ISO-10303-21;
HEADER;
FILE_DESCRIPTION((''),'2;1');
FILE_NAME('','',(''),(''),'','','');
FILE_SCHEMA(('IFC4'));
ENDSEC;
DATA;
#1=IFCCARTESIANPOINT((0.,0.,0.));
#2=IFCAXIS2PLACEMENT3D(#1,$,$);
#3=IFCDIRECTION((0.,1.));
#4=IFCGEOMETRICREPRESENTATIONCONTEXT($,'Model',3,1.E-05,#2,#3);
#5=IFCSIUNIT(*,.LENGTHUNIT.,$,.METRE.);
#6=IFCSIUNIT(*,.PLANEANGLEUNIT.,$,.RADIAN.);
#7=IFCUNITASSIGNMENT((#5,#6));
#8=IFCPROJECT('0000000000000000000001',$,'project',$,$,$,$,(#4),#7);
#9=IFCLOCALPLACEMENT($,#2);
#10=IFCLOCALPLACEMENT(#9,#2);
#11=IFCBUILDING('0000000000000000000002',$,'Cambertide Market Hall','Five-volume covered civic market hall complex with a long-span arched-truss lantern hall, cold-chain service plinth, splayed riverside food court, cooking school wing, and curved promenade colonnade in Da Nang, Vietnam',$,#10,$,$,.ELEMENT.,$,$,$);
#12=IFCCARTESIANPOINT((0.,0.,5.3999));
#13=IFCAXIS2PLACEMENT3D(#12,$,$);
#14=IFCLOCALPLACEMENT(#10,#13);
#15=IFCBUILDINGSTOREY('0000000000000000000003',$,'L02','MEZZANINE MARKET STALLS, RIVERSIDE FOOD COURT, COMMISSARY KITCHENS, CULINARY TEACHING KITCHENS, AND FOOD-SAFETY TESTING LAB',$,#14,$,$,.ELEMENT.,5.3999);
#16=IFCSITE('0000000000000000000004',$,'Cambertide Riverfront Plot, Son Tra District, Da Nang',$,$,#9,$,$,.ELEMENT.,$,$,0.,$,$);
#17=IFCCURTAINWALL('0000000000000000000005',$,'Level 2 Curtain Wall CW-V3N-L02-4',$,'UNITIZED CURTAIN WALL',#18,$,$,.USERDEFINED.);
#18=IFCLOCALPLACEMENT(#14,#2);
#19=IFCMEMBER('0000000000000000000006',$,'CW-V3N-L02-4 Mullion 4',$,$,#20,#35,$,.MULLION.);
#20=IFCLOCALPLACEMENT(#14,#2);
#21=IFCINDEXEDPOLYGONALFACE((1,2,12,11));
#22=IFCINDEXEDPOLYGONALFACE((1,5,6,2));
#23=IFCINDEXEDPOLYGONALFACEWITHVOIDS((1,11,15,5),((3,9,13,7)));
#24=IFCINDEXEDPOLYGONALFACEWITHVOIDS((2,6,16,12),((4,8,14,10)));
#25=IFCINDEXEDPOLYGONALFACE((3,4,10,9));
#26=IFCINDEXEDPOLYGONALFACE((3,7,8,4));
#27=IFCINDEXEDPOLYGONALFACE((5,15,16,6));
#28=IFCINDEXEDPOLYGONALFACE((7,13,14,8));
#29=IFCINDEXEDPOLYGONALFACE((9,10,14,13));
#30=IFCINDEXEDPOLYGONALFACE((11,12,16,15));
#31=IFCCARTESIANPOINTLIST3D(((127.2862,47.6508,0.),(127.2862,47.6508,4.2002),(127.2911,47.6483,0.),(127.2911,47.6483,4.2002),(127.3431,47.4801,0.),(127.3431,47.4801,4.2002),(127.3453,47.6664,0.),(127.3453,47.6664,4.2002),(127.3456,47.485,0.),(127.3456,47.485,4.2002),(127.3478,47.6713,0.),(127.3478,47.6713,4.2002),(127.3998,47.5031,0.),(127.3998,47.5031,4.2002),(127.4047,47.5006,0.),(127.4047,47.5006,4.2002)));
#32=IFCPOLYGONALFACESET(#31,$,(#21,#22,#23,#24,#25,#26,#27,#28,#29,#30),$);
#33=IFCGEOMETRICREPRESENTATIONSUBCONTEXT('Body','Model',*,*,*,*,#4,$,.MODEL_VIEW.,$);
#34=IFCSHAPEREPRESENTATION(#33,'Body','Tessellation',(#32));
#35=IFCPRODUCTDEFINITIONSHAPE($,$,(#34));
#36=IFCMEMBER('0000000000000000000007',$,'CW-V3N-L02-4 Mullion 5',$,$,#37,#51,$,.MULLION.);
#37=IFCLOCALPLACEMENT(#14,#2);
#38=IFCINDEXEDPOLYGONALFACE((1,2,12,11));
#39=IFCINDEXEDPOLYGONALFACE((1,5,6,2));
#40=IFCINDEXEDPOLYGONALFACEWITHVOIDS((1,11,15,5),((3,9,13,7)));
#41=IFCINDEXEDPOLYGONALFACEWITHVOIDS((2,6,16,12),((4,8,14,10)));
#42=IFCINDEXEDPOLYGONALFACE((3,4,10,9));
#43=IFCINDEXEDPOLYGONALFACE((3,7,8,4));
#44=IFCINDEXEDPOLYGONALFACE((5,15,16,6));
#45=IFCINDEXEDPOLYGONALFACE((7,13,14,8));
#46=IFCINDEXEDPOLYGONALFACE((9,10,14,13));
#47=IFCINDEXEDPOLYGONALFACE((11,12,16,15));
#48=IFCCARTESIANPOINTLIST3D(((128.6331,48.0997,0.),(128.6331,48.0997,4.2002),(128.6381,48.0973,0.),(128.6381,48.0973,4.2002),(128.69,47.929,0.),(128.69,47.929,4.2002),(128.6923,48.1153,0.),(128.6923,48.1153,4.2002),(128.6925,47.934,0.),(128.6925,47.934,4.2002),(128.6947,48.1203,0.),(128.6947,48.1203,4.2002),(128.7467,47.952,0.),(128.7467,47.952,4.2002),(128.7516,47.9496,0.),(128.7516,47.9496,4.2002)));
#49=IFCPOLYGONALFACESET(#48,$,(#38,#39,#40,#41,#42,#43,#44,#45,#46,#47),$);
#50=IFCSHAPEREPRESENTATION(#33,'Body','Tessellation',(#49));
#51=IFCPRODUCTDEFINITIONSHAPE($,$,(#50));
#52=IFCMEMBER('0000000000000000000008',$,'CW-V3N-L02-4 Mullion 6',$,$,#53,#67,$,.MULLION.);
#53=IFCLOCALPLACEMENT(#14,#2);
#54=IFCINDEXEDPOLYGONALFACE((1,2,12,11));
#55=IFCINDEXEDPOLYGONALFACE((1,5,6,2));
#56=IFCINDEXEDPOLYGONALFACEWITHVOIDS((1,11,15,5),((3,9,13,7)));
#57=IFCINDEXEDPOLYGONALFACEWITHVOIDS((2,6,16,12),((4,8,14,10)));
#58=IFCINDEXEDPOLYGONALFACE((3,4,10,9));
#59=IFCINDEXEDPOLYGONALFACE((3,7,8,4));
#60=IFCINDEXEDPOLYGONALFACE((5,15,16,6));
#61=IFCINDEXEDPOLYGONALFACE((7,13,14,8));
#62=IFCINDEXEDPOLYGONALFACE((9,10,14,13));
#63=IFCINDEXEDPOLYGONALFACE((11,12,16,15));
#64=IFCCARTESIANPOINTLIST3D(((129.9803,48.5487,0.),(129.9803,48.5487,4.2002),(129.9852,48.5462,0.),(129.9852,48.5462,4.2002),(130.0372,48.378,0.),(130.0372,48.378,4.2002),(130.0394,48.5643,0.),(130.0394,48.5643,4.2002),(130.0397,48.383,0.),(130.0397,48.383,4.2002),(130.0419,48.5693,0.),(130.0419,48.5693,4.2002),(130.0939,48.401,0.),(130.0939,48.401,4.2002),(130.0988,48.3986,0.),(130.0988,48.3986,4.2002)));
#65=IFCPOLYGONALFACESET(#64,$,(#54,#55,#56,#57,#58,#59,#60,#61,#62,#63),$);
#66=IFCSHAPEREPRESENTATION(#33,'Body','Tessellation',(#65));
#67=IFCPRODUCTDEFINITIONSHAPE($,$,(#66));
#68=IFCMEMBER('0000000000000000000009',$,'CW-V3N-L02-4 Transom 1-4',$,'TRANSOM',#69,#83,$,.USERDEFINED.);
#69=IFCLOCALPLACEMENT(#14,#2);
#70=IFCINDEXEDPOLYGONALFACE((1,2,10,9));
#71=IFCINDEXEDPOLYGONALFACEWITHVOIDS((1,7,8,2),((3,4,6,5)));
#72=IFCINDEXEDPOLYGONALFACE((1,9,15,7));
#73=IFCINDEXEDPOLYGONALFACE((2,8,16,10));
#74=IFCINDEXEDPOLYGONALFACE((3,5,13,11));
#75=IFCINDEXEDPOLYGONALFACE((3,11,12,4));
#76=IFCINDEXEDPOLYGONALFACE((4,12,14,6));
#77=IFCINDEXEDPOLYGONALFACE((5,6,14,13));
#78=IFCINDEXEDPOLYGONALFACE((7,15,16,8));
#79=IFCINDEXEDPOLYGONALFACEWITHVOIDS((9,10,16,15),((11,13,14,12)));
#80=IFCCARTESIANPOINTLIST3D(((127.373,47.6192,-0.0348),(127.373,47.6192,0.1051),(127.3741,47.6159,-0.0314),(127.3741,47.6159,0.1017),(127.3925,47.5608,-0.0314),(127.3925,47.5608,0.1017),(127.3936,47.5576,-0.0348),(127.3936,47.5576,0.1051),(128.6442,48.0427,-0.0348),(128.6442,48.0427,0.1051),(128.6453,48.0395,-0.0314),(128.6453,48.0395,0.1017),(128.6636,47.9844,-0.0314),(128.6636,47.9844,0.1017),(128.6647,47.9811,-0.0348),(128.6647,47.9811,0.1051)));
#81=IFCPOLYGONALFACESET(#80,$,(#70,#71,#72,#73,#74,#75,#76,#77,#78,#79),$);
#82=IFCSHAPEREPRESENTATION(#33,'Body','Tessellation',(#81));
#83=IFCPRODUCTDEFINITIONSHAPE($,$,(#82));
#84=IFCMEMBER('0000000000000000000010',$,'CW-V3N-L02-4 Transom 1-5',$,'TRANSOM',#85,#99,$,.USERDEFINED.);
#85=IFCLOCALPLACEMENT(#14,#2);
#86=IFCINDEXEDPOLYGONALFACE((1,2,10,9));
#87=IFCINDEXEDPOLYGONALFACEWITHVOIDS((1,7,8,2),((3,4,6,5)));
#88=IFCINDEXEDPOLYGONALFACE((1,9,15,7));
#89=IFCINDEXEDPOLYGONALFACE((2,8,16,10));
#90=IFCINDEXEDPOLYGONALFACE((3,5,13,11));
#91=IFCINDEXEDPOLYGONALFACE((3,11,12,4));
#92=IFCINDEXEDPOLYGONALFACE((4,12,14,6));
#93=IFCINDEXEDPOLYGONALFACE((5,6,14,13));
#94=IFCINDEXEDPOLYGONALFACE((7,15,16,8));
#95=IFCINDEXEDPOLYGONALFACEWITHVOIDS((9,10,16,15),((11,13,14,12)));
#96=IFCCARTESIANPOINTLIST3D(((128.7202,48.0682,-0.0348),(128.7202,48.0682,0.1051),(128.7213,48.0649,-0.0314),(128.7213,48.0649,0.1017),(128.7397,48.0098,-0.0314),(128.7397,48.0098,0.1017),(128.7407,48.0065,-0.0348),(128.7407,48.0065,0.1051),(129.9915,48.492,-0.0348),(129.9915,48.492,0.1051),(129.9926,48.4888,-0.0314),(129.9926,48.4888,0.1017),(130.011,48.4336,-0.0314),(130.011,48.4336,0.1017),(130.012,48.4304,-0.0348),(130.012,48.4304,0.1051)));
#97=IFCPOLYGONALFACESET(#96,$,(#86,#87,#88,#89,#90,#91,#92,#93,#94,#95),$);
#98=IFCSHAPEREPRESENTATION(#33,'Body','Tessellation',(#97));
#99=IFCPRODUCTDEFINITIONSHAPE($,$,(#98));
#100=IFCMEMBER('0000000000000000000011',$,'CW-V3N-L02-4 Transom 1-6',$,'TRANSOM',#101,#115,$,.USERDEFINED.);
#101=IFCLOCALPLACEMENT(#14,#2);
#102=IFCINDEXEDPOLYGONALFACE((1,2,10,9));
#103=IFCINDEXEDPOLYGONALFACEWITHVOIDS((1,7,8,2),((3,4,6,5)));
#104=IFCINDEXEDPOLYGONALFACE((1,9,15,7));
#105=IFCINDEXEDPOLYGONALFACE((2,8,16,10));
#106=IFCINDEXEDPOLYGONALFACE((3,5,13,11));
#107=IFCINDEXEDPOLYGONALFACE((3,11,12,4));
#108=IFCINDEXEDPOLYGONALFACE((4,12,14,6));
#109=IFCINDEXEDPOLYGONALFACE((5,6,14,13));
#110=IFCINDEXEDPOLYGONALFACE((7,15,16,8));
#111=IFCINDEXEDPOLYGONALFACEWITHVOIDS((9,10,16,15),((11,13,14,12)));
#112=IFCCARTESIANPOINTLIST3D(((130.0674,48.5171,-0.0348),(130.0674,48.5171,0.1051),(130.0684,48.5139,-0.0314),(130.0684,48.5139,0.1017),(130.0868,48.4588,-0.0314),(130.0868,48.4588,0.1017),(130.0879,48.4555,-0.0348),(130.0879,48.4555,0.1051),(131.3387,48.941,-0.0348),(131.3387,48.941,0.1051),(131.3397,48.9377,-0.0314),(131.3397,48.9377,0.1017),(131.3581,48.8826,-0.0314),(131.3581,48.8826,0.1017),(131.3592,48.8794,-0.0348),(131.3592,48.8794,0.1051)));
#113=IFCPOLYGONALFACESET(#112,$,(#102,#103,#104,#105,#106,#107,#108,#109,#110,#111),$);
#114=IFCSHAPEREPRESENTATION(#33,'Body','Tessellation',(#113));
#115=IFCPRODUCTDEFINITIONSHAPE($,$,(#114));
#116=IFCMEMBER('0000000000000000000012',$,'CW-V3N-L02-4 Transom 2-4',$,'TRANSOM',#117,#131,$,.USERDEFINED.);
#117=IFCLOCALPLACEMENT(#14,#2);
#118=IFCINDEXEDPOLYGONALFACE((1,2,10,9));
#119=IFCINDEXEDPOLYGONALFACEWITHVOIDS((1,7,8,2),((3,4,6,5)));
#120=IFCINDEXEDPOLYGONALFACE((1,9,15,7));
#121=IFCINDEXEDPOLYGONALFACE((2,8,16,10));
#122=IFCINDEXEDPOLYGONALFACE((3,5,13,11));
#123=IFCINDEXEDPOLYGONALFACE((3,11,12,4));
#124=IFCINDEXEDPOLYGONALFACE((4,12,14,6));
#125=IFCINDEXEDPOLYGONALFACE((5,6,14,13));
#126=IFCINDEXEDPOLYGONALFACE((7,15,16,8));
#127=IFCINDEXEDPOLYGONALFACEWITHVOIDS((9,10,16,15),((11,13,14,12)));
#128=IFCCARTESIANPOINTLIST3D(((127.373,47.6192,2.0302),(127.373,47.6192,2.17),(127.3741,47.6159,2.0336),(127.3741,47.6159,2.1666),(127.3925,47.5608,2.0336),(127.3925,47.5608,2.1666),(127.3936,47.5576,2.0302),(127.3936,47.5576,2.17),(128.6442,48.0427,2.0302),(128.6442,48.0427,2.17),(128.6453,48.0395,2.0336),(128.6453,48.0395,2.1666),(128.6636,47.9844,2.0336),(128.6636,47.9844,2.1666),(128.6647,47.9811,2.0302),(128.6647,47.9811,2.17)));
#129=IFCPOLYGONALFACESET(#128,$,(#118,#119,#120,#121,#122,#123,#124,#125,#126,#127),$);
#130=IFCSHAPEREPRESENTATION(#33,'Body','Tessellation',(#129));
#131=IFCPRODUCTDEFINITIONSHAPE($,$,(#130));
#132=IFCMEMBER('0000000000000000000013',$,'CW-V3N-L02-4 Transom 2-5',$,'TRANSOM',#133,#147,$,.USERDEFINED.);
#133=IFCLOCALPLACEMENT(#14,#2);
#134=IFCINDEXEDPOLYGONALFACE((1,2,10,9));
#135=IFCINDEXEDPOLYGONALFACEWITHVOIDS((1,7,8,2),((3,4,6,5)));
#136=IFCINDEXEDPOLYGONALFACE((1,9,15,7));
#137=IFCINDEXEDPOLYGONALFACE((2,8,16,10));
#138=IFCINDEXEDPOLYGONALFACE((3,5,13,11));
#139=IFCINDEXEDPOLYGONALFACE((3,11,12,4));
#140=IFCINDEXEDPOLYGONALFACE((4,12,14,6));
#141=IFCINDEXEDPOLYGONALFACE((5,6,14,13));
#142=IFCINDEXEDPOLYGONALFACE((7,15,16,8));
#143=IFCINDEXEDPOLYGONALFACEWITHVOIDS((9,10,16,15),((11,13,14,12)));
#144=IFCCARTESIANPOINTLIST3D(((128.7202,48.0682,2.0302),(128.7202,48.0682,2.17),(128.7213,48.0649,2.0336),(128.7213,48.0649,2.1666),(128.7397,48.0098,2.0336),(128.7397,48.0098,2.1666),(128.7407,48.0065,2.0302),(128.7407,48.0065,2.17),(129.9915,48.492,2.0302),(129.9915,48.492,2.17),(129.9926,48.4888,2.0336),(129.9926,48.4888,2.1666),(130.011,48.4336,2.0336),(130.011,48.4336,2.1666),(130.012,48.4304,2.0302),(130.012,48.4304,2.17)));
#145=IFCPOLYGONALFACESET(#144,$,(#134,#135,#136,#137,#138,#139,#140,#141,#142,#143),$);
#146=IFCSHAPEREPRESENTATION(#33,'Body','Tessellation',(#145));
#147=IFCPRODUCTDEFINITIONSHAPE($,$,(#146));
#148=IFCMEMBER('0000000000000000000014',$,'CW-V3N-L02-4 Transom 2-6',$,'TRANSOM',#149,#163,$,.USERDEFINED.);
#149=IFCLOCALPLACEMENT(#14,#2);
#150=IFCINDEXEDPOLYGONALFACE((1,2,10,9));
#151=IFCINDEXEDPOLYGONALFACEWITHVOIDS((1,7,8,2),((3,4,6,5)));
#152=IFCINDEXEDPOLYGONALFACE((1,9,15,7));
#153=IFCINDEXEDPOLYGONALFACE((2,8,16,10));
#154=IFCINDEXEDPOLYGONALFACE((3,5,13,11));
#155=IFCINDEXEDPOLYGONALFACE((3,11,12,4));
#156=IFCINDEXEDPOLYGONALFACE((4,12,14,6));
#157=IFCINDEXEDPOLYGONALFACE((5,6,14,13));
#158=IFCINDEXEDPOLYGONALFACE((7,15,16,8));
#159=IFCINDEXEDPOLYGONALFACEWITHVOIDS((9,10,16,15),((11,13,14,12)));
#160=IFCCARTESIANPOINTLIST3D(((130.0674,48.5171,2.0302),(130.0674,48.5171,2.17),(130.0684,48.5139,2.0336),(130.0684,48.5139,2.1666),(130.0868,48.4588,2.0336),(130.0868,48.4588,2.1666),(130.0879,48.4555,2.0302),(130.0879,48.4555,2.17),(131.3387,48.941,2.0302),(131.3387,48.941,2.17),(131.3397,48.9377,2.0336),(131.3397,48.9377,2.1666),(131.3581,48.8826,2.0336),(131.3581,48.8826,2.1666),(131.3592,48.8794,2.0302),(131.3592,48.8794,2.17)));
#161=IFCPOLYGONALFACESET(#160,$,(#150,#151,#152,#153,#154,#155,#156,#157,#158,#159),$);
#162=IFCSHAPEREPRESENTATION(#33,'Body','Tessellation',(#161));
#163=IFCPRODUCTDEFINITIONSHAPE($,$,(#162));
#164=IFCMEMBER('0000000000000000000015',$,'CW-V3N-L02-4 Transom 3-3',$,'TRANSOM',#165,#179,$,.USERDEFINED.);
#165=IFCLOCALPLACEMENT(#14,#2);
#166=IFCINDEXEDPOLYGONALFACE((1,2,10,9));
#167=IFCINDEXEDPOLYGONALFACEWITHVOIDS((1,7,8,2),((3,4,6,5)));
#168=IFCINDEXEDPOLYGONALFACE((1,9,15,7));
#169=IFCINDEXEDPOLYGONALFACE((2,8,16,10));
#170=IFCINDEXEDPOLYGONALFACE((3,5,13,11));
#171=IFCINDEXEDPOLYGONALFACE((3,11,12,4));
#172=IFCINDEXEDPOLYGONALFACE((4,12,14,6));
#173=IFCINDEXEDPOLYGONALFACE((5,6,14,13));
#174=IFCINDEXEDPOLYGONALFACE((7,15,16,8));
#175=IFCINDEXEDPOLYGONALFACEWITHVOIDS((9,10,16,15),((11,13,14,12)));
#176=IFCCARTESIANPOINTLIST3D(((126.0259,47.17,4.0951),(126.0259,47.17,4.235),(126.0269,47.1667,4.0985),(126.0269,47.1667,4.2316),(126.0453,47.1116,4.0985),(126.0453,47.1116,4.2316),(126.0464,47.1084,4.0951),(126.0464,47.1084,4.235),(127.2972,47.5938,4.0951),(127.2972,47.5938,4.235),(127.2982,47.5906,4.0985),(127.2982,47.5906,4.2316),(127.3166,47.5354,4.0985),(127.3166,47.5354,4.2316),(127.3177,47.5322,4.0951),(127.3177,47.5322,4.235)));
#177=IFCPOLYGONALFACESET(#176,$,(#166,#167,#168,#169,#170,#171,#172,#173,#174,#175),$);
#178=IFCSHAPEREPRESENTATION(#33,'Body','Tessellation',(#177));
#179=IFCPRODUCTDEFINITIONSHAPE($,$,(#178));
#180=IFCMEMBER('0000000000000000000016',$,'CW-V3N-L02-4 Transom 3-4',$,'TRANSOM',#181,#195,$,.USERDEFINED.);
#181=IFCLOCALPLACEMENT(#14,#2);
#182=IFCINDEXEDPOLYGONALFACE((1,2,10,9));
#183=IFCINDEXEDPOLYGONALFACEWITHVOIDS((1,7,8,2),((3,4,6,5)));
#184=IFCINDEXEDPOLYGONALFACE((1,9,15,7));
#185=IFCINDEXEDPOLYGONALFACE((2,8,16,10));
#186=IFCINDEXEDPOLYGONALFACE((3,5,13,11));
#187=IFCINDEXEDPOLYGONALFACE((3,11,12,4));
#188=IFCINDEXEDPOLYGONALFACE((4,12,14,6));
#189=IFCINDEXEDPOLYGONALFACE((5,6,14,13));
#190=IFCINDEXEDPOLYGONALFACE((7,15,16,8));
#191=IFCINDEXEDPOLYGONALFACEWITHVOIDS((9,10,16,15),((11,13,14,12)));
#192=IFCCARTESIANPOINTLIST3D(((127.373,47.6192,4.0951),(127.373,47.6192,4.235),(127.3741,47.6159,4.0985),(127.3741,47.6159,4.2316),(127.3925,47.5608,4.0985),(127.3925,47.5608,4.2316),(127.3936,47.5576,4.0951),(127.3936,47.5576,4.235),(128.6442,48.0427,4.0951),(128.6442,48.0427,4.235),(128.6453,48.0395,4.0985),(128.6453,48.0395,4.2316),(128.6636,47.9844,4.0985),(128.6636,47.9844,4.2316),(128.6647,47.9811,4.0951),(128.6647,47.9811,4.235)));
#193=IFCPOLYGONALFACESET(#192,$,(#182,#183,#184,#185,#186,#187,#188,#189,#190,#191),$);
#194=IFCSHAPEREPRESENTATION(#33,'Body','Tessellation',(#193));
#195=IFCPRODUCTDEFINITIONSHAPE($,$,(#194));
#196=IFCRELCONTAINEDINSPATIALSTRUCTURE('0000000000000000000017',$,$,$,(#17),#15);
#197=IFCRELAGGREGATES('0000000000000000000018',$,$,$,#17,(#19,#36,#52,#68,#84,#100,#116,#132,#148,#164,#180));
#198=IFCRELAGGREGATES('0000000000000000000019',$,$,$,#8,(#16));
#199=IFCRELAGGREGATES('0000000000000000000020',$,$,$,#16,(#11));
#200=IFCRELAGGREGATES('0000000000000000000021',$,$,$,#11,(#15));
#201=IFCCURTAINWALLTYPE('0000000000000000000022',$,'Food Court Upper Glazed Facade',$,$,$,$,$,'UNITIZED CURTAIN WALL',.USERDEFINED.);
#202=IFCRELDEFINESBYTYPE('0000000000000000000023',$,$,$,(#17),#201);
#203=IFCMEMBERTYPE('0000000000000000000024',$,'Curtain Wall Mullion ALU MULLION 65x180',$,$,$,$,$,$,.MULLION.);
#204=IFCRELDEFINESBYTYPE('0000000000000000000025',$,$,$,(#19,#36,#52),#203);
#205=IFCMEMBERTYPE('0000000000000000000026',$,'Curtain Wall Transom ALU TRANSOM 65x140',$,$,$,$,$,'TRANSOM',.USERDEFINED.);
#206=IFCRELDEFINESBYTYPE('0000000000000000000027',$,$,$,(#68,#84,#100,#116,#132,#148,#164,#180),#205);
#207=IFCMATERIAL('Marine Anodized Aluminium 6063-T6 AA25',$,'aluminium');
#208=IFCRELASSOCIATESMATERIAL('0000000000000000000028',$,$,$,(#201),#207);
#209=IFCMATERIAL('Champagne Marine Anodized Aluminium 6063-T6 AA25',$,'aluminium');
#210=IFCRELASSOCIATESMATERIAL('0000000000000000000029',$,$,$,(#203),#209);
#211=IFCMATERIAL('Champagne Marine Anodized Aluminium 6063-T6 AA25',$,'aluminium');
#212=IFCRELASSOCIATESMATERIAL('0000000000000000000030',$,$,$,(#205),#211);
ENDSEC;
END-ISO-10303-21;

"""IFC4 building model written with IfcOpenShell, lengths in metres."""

from ifc_helpers import new_model, si_unit, direction, frame, origin, origin_2d, place, context, subcontext, project, spatial, hollow_rectangle, extrude, material, material_profile, profile_set, type_object, element, aggregate, save


model = new_model("IFC4")

# Units and contexts
model_context = context("Model", 3, precision=1e-05, world=origin(), true_north=direction((0.0, 1.0)))
body_context = subcontext(model_context, "Body", "Model", "MODEL_VIEW")
ifc_project = project(units=[si_unit("LENGTHUNIT", "METRE"), si_unit("PLANEANGLEUNIT", "RADIAN")], contexts=[model_context])

# Site, building, storey
site_placement = place(None, origin())
site = spatial("IfcSite", under=ifc_project, at=site_placement, Name="Cambertide Riverfront Plot, Son Tra District, Da Nang", CompositionType="ELEMENT", RefElevation=0.0)
building_placement = place(site_placement, origin())
building = spatial("IfcBuilding", under=site, at=building_placement, Name="Cambertide Market Hall", Description="Five-volume covered civic market hall complex with a long-span arched-truss lantern hall, cold-chain service plinth, splayed riverside food court, cooking school wing, and curved promenade colonnade in Da Nang, Vietnam", CompositionType="ELEMENT")
storey_placement = place(building_placement, frame((0.0, 0.0, 5.3999)))
storey = spatial("IfcBuildingStorey", under=building, at=storey_placement, Name="L02", Description="MEZZANINE MARKET STALLS, RIVERSIDE FOOD COURT, COMMISSARY KITCHENS, CULINARY TEACHING KITCHENS, AND FOOD-SAFETY TESTING LAB", CompositionType="ELEMENT", Elevation=5.3999)

# Curtain wall, members
ifc_material_1 = material(Name="Marine Anodized Aluminium 6063-T6 AA25", Category="aluminium")
curtain_wall_type = type_object("IfcCurtainWallType", Name="Food Court Upper Glazed Facade", ElementType="UNITIZED CURTAIN WALL", PredefinedType="USERDEFINED", material=ifc_material_1)
curtain_wall_placement = place(storey_placement, origin())
curtain_wall = element("IfcCurtainWall", 1, at=curtain_wall_placement, inside=storey, type_object=curtain_wall_type, Name="Level 2 Curtain Wall CW-V3N-L02-4", ObjectType="UNITIZED CURTAIN WALL", PredefinedType="USERDEFINED")
ifc_material_2 = material(Name="Champagne Marine Anodized Aluminium 6063-T6 AA25", Category="aluminium")
ifc_material_profile_1 = material_profile(ifc_material_2, hollow_rectangle(XDim=0.0649, YDim=0.1799, WallThickness=0.0039, at=origin_2d()), Name="ALU MULLION 65x180")
ifc_profile_set_1 = profile_set([ifc_material_profile_1], Name="Champagne Marine Anodized Aluminium 6063-T6 AA25")
member_type_1 = type_object("IfcMemberType", Name="Curtain Wall Mullion ALU MULLION 65x180", PredefinedType="MULLION", material=ifc_profile_set_1)
member_1_placement = place(storey_placement, frame((127.3455, 47.5757, 0.0), z_axis=(0.0, 0.0, 1.0), x_axis=(0.948683, 0.316228, 0.0)))
member_1 = element("IfcMember", 2, at=member_1_placement, type_object=member_type_1, Name="CW-V3N-L02-4 Mullion 4", PredefinedType="MULLION", context=body_context, shape_type="SweptSolid", body=[
    extrude(hollow_rectangle(XDim=0.0649, YDim=0.1799, WallThickness=0.0039, at=origin_2d()), origin(), (0.0, 0.0, 1.0), 4.2002),
])
member_2_placement = place(storey_placement, frame((128.6924, 48.0247, 0.0), z_axis=(0.0, 0.0, 1.0), x_axis=(0.948683, 0.316228, 0.0)))
member_2 = element("IfcMember", 3, at=member_2_placement, type_object=member_type_1, Name="CW-V3N-L02-4 Mullion 5", PredefinedType="MULLION", context=body_context, shape_type="SweptSolid", body=[
    extrude(hollow_rectangle(XDim=0.0649, YDim=0.1799, WallThickness=0.0039, at=origin_2d()), origin(), (0.0, 0.0, 1.0), 4.2002),
])
member_3_placement = place(storey_placement, frame((130.0396, 48.4736, 0.0), z_axis=(0.0, 0.0, 1.0), x_axis=(0.948683, 0.316228, 0.0)))
member_3 = element("IfcMember", 4, at=member_3_placement, type_object=member_type_1, Name="CW-V3N-L02-4 Mullion 6", PredefinedType="MULLION", context=body_context, shape_type="SweptSolid", body=[
    extrude(hollow_rectangle(XDim=0.0649, YDim=0.1799, WallThickness=0.0039, at=origin_2d()), origin(), (0.0, 0.0, 1.0), 4.2002),
])
ifc_material_3 = material(Name="Champagne Marine Anodized Aluminium 6063-T6 AA25", Category="aluminium")
ifc_material_profile_2 = material_profile(ifc_material_3, hollow_rectangle(XDim=0.0649, YDim=0.1399, WallThickness=0.0034, at=origin_2d()), Name="ALU TRANSOM 65x140")
ifc_profile_set_2 = profile_set([ifc_material_profile_2], Name="Champagne Marine Anodized Aluminium 6063-T6 AA25")
member_type_2 = type_object("IfcMemberType", Name="Curtain Wall Transom ALU TRANSOM 65x140", ElementType="TRANSOM", PredefinedType="USERDEFINED", material=ifc_profile_set_2)
member_4_placement = place(storey_placement, frame((127.3833, 47.5884, 0.0352), z_axis=(0.94872, 0.316118, 0.0), x_axis=(-0.316118, 0.94872, 0.0)))
member_4 = element("IfcMember", 5, at=member_4_placement, type_object=member_type_2, Name="CW-V3N-L02-4 Transom 1-4", ObjectType="TRANSOM", PredefinedType="USERDEFINED", context=body_context, shape_type="SweptSolid", body=[
    extrude(hollow_rectangle(XDim=0.0649, YDim=0.1399, WallThickness=0.0034, at=origin_2d()), origin(), (0.0, 0.0, 1.0), 1.3398),
])
member_5_placement = place(storey_placement, frame((128.7305, 48.0374, 0.0352), z_axis=(0.948665, 0.316282, 0.0), x_axis=(-0.316282, 0.948665, 0.0)))
member_5 = element("IfcMember", 6, at=member_5_placement, type_object=member_type_2, Name="CW-V3N-L02-4 Transom 1-5", ObjectType="TRANSOM", PredefinedType="USERDEFINED", context=body_context, shape_type="SweptSolid", body=[
    extrude(hollow_rectangle(XDim=0.0649, YDim=0.1399, WallThickness=0.0034, at=origin_2d()), origin(), (0.0, 0.0, 1.0), 1.3401),
])
member_6_placement = place(storey_placement, frame((130.0776, 48.4863, 0.0352), z_axis=(0.948665, 0.316282, 0.0), x_axis=(-0.316282, 0.948665, 0.0)))
member_6 = element("IfcMember", 7, at=member_6_placement, type_object=member_type_2, Name="CW-V3N-L02-4 Transom 1-6", ObjectType="TRANSOM", PredefinedType="USERDEFINED", context=body_context, shape_type="SweptSolid", body=[
    extrude(hollow_rectangle(XDim=0.0649, YDim=0.1399, WallThickness=0.0034, at=origin_2d()), origin(), (0.0, 0.0, 1.0), 1.3401),
])
member_7_placement = place(storey_placement, frame((127.3833, 47.5884, 2.1001), z_axis=(0.94872, 0.316118, 0.0), x_axis=(-0.316118, 0.94872, 0.0)))
member_7 = element("IfcMember", 8, at=member_7_placement, type_object=member_type_2, Name="CW-V3N-L02-4 Transom 2-4", ObjectType="TRANSOM", PredefinedType="USERDEFINED", context=body_context, shape_type="SweptSolid", body=[
    extrude(hollow_rectangle(XDim=0.0649, YDim=0.1399, WallThickness=0.0034, at=origin_2d()), origin(), (0.0, 0.0, 1.0), 1.3398),
])
member_8_placement = place(storey_placement, frame((128.7305, 48.0374, 2.1001), z_axis=(0.948665, 0.316282, 0.0), x_axis=(-0.316282, 0.948665, 0.0)))
member_8 = element("IfcMember", 9, at=member_8_placement, type_object=member_type_2, Name="CW-V3N-L02-4 Transom 2-5", ObjectType="TRANSOM", PredefinedType="USERDEFINED", context=body_context, shape_type="SweptSolid", body=[
    extrude(hollow_rectangle(XDim=0.0649, YDim=0.1399, WallThickness=0.0034, at=origin_2d()), origin(), (0.0, 0.0, 1.0), 1.3401),
])
member_9_placement = place(storey_placement, frame((130.0776, 48.4863, 2.1001), z_axis=(0.948665, 0.316282, 0.0), x_axis=(-0.316282, 0.948665, 0.0)))
member_9 = element("IfcMember", 10, at=member_9_placement, type_object=member_type_2, Name="CW-V3N-L02-4 Transom 2-6", ObjectType="TRANSOM", PredefinedType="USERDEFINED", context=body_context, shape_type="SweptSolid", body=[
    extrude(hollow_rectangle(XDim=0.0649, YDim=0.1399, WallThickness=0.0034, at=origin_2d()), origin(), (0.0, 0.0, 1.0), 1.3401),
])
member_10_placement = place(storey_placement, frame((126.0361, 47.1392, 4.165), z_axis=(0.948665, 0.316282, 0.0), x_axis=(-0.316282, 0.948665, 0.0)))
member_10 = element("IfcMember", 11, at=member_10_placement, type_object=member_type_2, Name="CW-V3N-L02-4 Transom 3-3", ObjectType="TRANSOM", PredefinedType="USERDEFINED", context=body_context, shape_type="SweptSolid", body=[
    extrude(hollow_rectangle(XDim=0.0649, YDim=0.1399, WallThickness=0.0034, at=origin_2d()), origin(), (0.0, 0.0, 1.0), 1.3401),
])
member_11_placement = place(storey_placement, frame((127.3833, 47.5884, 4.165), z_axis=(0.94872, 0.316118, 0.0), x_axis=(-0.316118, 0.94872, 0.0)))
member_11 = element("IfcMember", 12, at=member_11_placement, type_object=member_type_2, Name="CW-V3N-L02-4 Transom 3-4", ObjectType="TRANSOM", PredefinedType="USERDEFINED", context=body_context, shape_type="SweptSolid", body=[
    extrude(hollow_rectangle(XDim=0.0649, YDim=0.1399, WallThickness=0.0034, at=origin_2d()), origin(), (0.0, 0.0, 1.0), 1.3398),
])
aggregate(curtain_wall, [member_1, member_2, member_3, member_4, member_5, member_6, member_7, member_8, member_9, member_10, member_11])

save(model, "model.ifc")
